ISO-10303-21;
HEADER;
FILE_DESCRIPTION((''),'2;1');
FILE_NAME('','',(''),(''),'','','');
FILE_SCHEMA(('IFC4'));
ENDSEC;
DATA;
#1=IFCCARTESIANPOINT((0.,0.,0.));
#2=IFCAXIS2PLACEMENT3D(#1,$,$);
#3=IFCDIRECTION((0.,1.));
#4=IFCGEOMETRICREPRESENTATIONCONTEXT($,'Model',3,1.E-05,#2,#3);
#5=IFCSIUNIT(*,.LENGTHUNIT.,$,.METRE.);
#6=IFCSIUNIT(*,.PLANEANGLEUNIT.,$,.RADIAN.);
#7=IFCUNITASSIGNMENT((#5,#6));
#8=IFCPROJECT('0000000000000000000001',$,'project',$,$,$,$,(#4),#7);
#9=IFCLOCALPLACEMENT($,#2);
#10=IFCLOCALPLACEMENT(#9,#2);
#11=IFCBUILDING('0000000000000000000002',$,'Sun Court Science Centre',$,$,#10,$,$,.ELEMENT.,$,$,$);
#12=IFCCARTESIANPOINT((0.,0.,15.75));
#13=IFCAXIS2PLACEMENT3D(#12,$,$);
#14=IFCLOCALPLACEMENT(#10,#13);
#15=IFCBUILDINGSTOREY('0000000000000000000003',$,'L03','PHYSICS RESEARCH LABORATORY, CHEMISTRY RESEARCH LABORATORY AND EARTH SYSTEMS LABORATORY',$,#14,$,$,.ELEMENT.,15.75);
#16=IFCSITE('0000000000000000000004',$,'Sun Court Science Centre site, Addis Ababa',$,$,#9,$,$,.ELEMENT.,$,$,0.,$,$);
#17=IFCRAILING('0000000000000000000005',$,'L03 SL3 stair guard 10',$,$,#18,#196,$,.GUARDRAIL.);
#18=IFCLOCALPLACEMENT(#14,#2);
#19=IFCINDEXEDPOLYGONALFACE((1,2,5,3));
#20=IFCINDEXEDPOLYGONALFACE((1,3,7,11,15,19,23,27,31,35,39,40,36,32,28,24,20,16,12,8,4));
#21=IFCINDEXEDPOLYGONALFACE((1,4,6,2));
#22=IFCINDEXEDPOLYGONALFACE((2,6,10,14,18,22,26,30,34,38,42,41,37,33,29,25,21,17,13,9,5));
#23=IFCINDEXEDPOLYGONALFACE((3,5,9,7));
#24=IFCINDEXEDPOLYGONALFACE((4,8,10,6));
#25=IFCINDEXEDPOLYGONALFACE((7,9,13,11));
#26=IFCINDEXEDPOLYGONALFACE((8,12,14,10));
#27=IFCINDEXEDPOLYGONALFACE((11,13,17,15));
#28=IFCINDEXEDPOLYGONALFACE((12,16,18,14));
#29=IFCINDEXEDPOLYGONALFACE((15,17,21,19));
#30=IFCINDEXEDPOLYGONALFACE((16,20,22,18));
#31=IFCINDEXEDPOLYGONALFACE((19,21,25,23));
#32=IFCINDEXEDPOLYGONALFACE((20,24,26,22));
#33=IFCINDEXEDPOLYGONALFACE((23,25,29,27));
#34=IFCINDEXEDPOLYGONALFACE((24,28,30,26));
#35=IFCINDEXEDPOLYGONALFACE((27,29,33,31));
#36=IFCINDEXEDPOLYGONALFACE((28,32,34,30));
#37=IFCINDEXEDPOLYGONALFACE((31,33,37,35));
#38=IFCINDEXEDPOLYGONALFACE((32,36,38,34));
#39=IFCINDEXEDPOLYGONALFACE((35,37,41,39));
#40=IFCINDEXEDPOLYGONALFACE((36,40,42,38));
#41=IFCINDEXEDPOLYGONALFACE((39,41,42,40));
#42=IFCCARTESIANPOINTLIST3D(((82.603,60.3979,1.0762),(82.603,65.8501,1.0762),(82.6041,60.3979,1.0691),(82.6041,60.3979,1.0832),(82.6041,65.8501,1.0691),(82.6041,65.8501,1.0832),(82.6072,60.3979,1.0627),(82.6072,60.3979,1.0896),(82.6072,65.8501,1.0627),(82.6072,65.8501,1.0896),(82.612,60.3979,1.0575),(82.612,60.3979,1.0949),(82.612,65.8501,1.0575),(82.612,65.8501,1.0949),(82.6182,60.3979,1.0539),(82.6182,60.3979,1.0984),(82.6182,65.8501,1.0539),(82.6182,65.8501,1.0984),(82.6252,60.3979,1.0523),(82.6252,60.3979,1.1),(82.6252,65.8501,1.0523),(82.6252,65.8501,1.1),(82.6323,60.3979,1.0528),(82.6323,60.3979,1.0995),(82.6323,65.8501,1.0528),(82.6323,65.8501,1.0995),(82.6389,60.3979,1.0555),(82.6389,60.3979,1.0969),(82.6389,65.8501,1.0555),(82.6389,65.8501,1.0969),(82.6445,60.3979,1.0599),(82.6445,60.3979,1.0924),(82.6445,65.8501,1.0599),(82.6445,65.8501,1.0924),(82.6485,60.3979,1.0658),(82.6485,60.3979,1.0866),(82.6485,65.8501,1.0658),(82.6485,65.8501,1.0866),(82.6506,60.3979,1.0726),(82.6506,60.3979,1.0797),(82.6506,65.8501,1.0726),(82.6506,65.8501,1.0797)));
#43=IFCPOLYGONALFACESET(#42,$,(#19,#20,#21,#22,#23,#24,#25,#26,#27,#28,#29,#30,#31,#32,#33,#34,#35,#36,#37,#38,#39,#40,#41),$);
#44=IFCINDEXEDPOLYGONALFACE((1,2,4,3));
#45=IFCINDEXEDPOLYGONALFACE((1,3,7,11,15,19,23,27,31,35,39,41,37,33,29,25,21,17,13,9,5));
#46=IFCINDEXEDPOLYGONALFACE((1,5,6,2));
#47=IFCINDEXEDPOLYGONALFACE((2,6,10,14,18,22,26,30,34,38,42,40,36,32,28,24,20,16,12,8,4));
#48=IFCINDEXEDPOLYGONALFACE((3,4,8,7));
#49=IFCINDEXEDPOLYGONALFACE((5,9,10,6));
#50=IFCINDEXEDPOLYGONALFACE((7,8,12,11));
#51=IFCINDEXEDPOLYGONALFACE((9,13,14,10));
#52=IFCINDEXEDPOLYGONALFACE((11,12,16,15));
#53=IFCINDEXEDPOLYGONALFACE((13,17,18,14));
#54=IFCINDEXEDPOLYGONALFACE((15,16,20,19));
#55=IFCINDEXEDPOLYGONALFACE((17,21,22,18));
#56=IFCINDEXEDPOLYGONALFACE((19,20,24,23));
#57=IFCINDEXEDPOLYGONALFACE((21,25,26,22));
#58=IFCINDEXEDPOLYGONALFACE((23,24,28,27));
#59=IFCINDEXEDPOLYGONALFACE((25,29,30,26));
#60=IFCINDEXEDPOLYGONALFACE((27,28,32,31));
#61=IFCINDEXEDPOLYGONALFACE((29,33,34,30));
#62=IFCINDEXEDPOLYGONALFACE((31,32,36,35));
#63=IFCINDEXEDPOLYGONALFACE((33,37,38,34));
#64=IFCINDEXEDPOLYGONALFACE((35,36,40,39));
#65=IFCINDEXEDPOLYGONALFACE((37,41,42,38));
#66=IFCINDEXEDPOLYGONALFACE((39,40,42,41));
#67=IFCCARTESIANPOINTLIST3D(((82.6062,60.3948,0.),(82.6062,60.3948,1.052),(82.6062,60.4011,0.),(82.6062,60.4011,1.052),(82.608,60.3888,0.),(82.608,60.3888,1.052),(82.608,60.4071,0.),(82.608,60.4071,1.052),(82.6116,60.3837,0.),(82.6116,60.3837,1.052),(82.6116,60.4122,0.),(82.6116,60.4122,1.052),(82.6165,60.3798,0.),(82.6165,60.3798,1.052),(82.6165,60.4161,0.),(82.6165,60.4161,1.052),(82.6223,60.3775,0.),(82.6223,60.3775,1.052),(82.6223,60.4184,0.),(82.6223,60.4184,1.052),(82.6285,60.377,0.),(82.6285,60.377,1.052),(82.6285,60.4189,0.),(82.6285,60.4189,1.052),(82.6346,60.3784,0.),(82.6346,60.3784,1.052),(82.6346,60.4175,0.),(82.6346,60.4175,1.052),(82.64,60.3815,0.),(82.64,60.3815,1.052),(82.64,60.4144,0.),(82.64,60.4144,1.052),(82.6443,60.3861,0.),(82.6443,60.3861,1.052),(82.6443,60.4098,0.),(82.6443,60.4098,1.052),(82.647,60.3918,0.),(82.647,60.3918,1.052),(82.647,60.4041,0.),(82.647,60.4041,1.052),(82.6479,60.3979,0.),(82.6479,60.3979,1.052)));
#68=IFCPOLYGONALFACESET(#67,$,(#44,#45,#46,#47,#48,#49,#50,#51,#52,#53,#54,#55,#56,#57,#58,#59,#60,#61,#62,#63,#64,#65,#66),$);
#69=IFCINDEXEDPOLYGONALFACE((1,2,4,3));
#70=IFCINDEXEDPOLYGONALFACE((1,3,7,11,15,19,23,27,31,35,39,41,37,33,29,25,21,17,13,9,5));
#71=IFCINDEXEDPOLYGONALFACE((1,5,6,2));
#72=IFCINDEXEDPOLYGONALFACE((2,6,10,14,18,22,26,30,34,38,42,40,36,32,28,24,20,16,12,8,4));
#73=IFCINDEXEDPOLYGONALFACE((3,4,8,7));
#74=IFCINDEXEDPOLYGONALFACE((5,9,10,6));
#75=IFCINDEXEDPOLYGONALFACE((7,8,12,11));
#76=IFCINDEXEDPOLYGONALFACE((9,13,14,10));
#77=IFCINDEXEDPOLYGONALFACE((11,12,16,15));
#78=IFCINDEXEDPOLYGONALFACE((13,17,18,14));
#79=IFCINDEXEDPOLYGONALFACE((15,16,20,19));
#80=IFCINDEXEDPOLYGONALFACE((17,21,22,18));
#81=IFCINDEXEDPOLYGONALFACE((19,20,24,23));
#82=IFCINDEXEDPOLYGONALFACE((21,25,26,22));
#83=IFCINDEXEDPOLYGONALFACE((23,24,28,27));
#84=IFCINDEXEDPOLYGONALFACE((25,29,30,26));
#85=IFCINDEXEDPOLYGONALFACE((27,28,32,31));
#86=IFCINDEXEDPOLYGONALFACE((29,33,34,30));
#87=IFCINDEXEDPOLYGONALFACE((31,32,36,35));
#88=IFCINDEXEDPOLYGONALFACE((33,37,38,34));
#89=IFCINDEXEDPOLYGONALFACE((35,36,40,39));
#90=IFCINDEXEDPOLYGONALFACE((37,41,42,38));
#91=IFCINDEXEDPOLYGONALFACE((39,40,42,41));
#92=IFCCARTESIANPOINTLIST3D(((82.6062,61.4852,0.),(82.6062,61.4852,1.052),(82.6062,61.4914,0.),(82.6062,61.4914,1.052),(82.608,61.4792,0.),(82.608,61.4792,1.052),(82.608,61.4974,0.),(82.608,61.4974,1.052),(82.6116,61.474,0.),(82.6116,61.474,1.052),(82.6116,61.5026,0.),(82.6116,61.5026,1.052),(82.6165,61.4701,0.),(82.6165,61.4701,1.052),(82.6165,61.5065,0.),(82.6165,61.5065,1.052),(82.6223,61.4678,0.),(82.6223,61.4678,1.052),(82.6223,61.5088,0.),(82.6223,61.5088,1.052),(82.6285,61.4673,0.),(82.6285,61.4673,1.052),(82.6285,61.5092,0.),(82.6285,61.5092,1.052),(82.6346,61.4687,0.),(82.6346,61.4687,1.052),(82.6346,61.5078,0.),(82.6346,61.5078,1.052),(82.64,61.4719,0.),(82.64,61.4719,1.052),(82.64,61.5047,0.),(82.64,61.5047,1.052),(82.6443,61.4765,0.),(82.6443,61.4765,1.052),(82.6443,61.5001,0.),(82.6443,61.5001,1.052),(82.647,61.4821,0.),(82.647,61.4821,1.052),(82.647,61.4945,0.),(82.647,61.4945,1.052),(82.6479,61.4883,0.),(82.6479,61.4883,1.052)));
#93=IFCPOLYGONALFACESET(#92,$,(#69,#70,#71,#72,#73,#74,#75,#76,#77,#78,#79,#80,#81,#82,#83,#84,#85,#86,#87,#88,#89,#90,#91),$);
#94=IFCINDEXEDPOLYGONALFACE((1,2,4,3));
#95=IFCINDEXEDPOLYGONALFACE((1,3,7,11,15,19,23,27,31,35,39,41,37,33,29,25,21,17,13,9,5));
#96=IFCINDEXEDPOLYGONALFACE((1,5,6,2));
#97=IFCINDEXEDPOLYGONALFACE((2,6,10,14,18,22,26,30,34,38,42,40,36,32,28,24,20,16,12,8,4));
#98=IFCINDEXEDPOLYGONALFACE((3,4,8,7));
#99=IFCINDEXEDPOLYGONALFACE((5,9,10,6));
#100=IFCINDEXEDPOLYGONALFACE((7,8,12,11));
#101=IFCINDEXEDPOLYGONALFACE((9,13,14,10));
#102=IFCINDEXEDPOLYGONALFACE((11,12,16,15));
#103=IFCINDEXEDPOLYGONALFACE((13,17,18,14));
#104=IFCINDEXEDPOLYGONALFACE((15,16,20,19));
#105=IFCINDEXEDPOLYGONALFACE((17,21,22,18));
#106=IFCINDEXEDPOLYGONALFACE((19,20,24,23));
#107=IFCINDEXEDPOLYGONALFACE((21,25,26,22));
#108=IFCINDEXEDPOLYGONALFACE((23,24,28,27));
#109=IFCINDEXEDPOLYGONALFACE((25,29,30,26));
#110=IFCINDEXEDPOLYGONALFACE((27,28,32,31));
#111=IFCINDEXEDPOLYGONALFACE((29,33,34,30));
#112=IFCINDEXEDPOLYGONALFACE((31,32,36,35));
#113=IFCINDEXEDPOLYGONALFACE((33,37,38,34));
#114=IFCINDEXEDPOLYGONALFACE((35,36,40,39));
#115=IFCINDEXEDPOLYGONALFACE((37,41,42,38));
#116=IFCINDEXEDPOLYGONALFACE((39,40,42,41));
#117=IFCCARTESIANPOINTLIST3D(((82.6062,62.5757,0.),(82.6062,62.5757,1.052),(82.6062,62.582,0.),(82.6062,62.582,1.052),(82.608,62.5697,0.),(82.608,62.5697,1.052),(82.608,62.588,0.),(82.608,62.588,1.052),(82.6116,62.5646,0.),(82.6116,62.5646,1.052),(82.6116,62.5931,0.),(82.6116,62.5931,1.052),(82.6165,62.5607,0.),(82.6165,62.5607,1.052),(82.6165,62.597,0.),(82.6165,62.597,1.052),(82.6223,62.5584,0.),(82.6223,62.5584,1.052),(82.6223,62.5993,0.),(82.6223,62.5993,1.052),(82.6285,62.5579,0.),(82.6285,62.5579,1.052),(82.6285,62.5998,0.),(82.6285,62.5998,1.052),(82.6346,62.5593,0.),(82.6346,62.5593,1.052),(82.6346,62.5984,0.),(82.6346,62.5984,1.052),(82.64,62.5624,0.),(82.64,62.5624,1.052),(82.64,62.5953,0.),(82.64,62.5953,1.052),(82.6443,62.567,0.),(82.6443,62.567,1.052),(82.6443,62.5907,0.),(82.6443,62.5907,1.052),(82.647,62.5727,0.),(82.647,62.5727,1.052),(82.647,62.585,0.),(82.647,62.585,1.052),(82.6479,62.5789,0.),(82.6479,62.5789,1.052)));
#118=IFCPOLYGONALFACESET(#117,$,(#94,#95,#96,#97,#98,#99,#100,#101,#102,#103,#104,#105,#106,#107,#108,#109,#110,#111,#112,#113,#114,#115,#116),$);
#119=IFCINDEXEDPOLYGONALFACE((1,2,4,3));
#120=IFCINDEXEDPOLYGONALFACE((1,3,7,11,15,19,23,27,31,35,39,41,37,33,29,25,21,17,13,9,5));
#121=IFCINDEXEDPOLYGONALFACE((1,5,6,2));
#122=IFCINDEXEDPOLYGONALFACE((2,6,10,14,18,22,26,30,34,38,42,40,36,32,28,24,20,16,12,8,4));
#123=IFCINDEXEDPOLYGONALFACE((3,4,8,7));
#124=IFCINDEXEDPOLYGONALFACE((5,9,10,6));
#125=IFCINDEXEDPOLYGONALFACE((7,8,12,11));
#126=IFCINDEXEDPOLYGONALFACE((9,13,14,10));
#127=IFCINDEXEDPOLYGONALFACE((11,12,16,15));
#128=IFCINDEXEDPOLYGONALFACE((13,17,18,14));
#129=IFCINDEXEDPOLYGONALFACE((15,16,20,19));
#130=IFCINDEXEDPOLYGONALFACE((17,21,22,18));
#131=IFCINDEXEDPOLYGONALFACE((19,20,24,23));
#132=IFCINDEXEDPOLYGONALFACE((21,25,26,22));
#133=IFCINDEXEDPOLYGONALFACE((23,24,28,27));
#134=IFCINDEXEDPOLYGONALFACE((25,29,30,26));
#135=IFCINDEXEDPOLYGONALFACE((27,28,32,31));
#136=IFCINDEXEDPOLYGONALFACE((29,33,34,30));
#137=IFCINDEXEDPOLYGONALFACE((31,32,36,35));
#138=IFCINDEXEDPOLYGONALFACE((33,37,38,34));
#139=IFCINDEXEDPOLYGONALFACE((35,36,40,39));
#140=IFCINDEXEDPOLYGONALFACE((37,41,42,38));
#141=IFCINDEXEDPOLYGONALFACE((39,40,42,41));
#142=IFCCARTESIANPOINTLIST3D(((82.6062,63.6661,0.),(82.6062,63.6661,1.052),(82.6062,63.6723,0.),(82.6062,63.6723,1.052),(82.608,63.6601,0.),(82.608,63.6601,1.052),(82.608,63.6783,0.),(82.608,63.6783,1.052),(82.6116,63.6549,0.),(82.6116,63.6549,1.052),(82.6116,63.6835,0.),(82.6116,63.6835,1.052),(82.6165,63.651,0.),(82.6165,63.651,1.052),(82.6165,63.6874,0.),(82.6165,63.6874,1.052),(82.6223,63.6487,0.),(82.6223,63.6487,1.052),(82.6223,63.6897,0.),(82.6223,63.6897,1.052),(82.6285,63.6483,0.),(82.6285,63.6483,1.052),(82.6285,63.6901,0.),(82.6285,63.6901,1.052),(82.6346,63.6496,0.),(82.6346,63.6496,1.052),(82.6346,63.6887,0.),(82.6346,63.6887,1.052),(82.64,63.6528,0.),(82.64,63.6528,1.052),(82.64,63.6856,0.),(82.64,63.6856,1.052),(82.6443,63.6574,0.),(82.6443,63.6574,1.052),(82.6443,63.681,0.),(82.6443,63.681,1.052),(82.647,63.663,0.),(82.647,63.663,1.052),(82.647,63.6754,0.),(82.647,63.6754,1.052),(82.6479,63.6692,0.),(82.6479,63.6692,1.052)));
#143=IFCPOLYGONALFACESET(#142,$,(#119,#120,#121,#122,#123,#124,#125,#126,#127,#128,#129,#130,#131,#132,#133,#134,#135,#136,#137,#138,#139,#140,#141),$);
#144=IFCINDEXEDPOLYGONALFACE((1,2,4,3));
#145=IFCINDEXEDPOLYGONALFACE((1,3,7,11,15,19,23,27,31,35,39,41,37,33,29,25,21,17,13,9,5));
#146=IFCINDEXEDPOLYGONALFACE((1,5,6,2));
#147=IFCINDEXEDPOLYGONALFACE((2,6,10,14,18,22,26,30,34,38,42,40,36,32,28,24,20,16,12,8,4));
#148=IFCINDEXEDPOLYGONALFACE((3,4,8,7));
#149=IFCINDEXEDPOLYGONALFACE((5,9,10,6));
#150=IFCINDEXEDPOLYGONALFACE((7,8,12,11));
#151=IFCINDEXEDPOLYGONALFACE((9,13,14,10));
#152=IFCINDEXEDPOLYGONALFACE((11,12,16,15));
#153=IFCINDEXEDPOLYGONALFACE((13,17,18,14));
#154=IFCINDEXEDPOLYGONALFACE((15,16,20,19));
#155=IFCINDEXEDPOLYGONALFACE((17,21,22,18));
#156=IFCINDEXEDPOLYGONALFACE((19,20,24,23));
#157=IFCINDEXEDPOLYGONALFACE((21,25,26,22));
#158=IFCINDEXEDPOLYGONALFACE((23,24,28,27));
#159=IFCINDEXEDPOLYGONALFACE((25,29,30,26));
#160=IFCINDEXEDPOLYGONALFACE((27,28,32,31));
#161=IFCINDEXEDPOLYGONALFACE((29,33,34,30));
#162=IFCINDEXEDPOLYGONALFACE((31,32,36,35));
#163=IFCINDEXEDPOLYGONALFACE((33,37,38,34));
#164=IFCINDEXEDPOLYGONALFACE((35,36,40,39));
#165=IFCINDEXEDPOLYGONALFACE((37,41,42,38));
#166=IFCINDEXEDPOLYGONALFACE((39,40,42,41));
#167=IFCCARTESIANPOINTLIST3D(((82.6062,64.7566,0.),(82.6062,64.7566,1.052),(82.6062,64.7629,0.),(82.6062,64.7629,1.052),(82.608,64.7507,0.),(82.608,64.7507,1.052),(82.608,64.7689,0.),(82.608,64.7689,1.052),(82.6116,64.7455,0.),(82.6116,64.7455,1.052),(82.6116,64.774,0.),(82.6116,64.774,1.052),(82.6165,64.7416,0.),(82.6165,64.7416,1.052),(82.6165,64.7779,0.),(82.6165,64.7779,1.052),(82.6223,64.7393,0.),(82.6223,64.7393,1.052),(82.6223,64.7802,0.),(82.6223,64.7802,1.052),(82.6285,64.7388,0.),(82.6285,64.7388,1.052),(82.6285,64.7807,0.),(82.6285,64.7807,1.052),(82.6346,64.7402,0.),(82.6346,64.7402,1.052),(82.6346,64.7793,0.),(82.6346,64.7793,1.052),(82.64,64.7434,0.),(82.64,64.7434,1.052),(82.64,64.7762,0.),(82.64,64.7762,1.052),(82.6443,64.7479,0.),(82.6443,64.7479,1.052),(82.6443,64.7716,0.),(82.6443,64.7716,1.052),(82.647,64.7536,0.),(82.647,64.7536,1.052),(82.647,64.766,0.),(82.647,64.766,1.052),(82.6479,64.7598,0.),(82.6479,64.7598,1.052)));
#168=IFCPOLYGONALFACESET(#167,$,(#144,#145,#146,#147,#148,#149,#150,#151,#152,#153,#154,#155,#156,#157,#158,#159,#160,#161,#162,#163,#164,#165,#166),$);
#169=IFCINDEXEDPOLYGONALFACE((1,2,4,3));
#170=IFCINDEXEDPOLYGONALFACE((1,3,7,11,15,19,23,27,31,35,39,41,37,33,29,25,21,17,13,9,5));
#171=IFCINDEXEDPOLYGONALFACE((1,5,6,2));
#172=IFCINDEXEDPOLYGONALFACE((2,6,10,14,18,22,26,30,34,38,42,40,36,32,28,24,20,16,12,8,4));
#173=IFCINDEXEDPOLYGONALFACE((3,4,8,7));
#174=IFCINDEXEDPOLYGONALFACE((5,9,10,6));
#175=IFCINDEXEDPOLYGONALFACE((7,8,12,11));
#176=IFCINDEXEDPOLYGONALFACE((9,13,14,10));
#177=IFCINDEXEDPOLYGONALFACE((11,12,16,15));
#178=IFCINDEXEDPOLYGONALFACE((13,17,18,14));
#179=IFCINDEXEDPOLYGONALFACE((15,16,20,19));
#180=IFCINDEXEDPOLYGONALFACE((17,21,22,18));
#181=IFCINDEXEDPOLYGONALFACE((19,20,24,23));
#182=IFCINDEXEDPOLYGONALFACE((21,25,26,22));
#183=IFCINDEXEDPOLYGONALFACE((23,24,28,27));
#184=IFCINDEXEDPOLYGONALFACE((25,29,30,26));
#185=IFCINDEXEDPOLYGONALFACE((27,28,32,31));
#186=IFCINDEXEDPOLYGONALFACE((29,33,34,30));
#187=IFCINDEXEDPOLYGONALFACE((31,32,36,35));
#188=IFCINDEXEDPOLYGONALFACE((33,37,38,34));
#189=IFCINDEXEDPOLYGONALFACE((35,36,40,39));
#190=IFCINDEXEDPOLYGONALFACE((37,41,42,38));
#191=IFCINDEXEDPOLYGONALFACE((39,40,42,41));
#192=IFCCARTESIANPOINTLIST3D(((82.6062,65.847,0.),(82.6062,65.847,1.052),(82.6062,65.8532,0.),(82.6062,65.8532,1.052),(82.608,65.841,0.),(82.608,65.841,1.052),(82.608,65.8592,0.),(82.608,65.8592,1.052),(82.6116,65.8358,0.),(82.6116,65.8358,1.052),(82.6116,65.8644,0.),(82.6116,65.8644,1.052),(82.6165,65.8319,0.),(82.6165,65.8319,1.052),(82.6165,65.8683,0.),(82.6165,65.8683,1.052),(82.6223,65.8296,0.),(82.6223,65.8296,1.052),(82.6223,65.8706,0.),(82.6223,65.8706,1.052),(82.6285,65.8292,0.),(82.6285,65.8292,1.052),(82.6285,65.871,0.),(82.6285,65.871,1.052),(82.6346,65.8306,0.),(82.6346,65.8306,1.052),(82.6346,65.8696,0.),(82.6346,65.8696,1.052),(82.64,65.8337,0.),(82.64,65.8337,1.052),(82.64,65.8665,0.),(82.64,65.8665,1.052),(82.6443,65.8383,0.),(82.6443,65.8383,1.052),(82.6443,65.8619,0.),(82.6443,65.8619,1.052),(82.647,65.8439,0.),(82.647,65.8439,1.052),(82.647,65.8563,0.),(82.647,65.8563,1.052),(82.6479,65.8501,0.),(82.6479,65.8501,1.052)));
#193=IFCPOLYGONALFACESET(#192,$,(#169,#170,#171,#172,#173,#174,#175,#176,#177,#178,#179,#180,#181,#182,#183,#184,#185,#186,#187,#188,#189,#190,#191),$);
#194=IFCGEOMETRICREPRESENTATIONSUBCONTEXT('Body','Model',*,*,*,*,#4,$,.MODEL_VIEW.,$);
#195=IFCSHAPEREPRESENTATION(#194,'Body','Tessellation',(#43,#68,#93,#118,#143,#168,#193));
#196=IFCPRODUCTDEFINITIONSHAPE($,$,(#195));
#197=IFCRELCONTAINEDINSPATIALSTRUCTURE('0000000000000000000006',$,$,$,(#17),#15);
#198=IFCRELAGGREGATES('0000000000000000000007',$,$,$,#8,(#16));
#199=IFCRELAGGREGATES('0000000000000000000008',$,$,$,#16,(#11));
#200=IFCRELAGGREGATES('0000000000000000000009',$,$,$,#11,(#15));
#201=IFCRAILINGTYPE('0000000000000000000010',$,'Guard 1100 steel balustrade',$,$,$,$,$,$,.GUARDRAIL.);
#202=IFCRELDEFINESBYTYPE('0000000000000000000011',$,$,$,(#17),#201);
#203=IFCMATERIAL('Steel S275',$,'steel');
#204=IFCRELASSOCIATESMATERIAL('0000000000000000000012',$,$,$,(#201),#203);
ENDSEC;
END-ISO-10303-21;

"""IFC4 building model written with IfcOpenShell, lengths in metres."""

from ifc_helpers import new_model, si_unit, direction, frame, origin, origin_2d, place, context, subcontext, project, spatial, circle, extrude, material, type_object, element, save


model = new_model("IFC4")

# Units and contexts
model_context = context("Model", 3, precision=1e-05, world=origin(), true_north=direction((0.0, 1.0)))
body_context = subcontext(model_context, "Body", "Model", "MODEL_VIEW")
ifc_project = project(units=[si_unit("LENGTHUNIT", "METRE"), si_unit("PLANEANGLEUNIT", "RADIAN")], contexts=[model_context])

# Site, building, storey
site_placement = place(None, origin())
site = spatial("IfcSite", under=ifc_project, at=site_placement, Name="Sun Court Science Centre site, Addis Ababa", CompositionType="ELEMENT", RefElevation=0.0)
building_placement = place(site_placement, origin())
building = spatial("IfcBuilding", under=site, at=building_placement, Name="Sun Court Science Centre", CompositionType="ELEMENT")
storey_placement = place(building_placement, frame((0.0, 0.0, 15.75)))
storey = spatial("IfcBuildingStorey", under=building, at=storey_placement, Name="L03", Description="PHYSICS RESEARCH LABORATORY, CHEMISTRY RESEARCH LABORATORY AND EARTH SYSTEMS LABORATORY", CompositionType="ELEMENT", Elevation=15.75)

# Railing
ifc_material_1 = material(Name="Steel S275", Category="steel")
railing_type_1 = type_object("IfcRailingType", Name="Guard 1100 steel balustrade", PredefinedType="GUARDRAIL", material=ifc_material_1)
railing_1_placement = place(storey_placement, frame((82.627, 60.3979, 0.0)))
element("IfcRailing", 1, at=railing_1_placement, inside=storey, type_object=railing_type_1, Name="L03 SL3 stair guard 10", PredefinedType="GUARDRAIL", context=body_context, shape_type="SweptSolid", body=[
    extrude(circle(Radius=0.0239, at=origin_2d()), frame((0.0, 0.0, 1.0762), z_axis=(0.0, 1.0, 0.0), x_axis=(-1.0, 0.0, 0.0)), (0.0, 0.0, 1.0), 5.4521),
    extrude(circle(Radius=0.021, at=origin_2d()), origin(), (0.0, 0.0, 1.0), 1.052),
    extrude(circle(Radius=0.021, at=origin_2d()), frame((0.0, 1.0903, 0.0)), (0.0, 0.0, 1.0), 1.052),
    extrude(circle(Radius=0.021, at=origin_2d()), frame((0.0, 2.1809, 0.0)), (0.0, 0.0, 1.0), 1.052),
    extrude(circle(Radius=0.021, at=origin_2d()), frame((0.0, 3.2712, 0.0)), (0.0, 0.0, 1.0), 1.052),
    extrude(circle(Radius=0.021, at=origin_2d()), frame((0.0, 4.3618, 0.0)), (0.0, 0.0, 1.0), 1.052),
    extrude(circle(Radius=0.021, at=origin_2d()), frame((0.0, 5.4521, 0.0)), (0.0, 0.0, 1.0), 1.052),
])

save(model, "model.ifc")
